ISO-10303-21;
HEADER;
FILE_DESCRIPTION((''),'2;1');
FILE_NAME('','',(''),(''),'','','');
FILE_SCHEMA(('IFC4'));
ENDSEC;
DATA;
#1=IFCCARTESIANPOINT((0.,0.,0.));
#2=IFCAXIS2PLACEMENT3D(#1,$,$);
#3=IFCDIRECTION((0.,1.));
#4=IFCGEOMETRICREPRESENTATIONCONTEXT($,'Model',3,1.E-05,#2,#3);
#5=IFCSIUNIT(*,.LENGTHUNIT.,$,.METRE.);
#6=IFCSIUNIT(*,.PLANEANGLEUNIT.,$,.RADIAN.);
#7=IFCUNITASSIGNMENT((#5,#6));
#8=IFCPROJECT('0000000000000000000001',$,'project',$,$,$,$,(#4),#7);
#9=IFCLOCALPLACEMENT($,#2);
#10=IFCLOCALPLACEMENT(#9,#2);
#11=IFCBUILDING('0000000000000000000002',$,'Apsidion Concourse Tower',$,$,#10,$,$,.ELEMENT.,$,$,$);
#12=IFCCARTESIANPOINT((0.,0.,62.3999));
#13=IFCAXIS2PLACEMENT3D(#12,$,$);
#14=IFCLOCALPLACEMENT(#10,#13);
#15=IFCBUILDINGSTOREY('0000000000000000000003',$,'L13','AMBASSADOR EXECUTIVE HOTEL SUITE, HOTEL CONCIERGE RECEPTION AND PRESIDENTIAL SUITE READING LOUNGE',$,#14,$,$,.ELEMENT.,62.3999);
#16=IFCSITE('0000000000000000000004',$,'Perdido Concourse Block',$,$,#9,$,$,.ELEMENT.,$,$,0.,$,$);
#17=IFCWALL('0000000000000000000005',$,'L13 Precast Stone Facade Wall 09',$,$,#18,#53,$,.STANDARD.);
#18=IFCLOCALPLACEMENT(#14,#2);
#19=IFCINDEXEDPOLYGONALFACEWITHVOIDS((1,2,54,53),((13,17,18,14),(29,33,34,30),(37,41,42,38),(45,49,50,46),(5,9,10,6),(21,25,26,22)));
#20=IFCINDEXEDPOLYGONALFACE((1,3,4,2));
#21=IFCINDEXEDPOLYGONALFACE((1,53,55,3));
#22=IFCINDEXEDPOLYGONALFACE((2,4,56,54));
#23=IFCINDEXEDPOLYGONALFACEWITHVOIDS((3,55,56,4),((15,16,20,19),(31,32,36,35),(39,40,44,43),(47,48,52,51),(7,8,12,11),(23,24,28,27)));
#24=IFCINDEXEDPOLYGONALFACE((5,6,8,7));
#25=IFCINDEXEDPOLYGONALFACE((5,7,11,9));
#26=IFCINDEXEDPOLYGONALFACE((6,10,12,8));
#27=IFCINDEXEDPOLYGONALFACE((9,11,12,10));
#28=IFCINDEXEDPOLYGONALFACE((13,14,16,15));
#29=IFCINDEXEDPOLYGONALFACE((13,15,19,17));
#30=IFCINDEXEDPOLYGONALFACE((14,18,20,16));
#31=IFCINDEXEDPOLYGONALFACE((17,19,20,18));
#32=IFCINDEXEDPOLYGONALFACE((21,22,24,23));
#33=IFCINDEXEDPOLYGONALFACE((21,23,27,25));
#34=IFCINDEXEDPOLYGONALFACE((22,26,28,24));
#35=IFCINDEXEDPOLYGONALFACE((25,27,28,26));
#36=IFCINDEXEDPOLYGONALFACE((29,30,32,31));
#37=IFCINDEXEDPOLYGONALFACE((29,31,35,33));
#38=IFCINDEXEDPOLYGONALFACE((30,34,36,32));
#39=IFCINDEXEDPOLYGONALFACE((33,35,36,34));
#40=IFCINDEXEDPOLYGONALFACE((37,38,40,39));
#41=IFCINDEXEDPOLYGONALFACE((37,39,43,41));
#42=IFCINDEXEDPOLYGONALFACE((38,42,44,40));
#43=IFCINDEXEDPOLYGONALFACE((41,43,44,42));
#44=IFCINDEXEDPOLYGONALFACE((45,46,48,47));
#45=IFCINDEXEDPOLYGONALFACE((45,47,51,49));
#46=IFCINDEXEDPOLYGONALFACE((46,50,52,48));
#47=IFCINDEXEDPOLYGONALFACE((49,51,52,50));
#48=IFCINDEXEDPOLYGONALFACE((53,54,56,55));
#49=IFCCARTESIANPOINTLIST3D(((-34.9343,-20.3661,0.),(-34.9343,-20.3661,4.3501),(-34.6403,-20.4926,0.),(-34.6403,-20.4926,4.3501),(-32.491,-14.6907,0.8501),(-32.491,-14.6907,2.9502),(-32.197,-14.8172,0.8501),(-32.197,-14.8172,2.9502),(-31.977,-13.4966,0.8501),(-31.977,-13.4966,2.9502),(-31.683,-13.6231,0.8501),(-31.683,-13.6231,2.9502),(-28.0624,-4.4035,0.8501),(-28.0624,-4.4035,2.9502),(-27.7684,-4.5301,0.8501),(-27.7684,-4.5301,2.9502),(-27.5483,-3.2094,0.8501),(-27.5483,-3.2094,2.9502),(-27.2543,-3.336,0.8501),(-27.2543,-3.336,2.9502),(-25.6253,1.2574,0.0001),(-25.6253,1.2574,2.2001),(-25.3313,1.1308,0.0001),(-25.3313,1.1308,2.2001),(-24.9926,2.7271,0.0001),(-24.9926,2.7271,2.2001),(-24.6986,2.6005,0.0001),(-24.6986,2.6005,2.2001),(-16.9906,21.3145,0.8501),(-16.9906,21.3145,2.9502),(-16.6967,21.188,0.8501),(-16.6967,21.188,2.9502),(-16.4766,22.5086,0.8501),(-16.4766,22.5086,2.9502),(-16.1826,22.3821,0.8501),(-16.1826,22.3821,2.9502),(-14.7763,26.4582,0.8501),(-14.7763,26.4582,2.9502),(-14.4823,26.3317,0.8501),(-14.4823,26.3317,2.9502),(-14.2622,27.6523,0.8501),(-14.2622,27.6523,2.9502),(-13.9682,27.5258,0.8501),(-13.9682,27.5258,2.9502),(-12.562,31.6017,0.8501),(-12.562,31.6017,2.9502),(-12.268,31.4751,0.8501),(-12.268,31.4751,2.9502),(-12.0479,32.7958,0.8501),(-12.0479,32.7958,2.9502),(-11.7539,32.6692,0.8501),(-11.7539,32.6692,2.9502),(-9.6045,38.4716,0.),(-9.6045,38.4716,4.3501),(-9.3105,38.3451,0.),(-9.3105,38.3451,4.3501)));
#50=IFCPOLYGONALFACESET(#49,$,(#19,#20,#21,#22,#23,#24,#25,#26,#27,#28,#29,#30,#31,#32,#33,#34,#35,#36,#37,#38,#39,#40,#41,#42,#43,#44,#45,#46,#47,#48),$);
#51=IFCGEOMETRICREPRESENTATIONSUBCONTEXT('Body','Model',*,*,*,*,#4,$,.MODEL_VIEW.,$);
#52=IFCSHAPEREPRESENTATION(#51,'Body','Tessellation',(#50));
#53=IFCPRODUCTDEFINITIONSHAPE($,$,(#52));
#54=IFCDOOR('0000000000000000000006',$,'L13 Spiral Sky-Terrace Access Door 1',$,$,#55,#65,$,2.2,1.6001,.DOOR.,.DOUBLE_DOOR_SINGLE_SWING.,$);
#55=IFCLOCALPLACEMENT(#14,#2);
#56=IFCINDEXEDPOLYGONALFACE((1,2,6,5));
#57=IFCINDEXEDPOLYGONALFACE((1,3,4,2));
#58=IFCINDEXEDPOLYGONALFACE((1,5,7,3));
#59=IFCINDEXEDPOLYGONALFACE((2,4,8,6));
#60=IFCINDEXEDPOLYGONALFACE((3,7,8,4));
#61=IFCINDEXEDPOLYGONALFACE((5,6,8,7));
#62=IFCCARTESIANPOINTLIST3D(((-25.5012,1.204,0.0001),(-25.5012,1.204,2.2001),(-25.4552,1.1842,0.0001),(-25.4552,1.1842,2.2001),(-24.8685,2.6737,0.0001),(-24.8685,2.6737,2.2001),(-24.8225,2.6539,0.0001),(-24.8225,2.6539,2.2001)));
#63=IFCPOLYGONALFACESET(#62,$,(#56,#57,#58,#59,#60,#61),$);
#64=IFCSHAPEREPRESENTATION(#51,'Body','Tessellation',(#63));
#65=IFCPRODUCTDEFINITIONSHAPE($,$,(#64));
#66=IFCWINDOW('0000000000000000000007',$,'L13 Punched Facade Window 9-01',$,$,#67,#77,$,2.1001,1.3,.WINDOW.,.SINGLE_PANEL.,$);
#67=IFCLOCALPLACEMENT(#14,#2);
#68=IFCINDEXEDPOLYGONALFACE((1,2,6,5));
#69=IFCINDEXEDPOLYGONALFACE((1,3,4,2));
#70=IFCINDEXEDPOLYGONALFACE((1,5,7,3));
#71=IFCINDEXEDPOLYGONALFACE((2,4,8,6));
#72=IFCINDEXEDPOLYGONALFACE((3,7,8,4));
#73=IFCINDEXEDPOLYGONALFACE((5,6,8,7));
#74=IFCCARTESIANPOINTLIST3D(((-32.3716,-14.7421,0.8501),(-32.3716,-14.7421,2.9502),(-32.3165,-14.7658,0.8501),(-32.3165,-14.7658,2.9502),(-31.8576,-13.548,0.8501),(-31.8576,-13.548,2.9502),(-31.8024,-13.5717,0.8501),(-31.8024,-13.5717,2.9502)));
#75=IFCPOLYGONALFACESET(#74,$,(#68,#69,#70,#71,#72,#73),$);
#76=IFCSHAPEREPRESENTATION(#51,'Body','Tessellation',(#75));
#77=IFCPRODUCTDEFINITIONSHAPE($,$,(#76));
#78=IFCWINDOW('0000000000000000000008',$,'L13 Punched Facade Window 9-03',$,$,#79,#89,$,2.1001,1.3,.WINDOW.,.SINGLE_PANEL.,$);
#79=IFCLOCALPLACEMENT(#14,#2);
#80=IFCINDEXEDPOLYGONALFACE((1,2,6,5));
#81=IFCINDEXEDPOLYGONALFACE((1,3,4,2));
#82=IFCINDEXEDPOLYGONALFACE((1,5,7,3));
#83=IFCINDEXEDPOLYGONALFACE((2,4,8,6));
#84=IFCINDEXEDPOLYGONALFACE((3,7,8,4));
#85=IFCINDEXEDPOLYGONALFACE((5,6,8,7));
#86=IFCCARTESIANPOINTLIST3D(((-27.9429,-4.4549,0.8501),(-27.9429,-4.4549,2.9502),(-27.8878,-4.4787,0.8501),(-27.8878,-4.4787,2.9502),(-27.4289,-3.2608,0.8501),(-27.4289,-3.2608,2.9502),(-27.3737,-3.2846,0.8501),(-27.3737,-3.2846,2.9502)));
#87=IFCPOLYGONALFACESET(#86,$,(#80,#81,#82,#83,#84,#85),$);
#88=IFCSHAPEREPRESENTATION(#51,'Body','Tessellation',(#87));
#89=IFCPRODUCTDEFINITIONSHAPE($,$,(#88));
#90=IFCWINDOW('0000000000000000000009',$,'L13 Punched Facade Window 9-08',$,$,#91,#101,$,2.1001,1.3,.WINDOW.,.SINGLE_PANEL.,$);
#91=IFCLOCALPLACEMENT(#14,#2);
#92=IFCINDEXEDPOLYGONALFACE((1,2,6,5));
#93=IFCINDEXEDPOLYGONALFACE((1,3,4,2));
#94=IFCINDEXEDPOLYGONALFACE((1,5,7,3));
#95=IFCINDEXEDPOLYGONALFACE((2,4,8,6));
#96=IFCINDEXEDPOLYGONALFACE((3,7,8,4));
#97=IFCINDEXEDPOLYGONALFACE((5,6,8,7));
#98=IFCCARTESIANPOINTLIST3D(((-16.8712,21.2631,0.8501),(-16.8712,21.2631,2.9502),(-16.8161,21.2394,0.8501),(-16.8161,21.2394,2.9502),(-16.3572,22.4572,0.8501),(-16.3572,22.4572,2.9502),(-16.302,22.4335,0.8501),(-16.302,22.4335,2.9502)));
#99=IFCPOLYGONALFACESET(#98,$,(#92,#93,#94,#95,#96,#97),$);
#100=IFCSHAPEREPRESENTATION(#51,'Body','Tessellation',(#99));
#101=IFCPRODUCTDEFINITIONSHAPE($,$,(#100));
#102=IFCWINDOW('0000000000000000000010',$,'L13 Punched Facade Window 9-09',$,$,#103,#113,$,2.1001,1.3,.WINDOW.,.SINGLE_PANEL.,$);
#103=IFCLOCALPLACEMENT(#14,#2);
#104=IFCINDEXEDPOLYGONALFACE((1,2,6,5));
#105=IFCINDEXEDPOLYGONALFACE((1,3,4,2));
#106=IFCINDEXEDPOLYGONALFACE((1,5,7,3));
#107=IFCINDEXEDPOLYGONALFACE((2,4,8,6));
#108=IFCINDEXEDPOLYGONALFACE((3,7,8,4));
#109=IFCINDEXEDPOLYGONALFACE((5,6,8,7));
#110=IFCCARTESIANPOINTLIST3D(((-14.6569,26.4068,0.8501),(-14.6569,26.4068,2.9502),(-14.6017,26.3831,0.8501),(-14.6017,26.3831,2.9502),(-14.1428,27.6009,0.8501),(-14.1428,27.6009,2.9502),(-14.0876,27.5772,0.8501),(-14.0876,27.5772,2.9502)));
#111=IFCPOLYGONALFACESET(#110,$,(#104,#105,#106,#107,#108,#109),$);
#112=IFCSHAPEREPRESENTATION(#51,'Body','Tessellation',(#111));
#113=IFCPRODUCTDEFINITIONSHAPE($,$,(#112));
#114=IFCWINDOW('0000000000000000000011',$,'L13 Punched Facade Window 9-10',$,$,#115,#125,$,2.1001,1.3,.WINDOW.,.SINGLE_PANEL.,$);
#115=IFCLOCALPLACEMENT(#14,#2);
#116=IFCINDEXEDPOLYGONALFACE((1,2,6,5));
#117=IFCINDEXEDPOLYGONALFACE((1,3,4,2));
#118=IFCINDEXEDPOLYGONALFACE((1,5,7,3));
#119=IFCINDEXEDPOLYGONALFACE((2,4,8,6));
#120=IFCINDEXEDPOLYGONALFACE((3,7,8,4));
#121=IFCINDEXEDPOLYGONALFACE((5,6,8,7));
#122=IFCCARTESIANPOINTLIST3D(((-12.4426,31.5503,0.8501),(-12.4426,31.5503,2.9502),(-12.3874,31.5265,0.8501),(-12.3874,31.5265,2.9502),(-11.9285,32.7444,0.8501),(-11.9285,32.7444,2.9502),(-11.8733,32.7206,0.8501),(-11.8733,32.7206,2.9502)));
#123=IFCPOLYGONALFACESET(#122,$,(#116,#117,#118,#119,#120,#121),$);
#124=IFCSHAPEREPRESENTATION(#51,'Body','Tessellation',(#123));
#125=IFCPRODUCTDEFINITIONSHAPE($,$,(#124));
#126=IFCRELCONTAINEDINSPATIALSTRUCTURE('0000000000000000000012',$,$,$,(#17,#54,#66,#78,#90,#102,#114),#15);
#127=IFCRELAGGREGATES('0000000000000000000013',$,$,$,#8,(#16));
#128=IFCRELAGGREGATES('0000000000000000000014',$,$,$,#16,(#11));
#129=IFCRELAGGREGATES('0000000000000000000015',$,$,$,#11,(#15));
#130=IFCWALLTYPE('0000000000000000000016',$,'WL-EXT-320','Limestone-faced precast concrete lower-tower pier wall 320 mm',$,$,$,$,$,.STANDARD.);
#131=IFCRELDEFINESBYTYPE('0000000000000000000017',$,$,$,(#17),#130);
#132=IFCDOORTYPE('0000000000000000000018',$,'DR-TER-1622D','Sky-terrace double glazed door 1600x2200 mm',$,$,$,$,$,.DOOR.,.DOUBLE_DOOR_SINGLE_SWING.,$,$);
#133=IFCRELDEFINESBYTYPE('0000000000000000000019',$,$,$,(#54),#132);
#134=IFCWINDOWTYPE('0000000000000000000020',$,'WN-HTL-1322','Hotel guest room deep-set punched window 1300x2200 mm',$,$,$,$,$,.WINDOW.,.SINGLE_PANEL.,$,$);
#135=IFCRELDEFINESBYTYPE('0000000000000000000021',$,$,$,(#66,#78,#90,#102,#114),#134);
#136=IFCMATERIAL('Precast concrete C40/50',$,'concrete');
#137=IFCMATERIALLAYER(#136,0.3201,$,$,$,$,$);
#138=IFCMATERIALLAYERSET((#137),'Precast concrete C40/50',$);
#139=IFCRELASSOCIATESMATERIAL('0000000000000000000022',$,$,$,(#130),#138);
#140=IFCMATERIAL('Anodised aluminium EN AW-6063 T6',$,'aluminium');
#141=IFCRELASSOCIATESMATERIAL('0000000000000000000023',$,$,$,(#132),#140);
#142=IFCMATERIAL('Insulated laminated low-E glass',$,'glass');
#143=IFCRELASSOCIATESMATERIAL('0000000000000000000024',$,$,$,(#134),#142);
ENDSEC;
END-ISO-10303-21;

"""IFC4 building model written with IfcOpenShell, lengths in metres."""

from ifc_helpers import new_model, si_unit, direction, frame, frame_2d, origin, place, context, subcontext, project, spatial, rectangle, extrude, material, layer, layer_set, type_object, element, fill, save


model = new_model("IFC4")

# Units and contexts
model_context = context("Model", 3, precision=1e-05, world=origin(), true_north=direction((0.0, 1.0)))
body_context = subcontext(model_context, "Body", "Model", "MODEL_VIEW")
ifc_project = project(units=[si_unit("LENGTHUNIT", "METRE"), si_unit("PLANEANGLEUNIT", "RADIAN")], contexts=[model_context])

# Site, building, storey
site_placement = place(None, origin())
site = spatial("IfcSite", under=ifc_project, at=site_placement, Name="Perdido Concourse Block", CompositionType="ELEMENT", RefElevation=0.0)
building_placement = place(site_placement, origin())
building = spatial("IfcBuilding", under=site, at=building_placement, Name="Apsidion Concourse Tower", CompositionType="ELEMENT")
storey_placement = place(building_placement, frame((0.0, 0.0, 62.3999)))
storey = spatial("IfcBuildingStorey", under=building, at=storey_placement, Name="L13", Description="AMBASSADOR EXECUTIVE HOTEL SUITE, HOTEL CONCIERGE RECEPTION AND PRESIDENTIAL SUITE READING LOUNGE", CompositionType="ELEMENT", Elevation=62.3999)

# Shared definitions
ifc_material_1 = material(Name="Precast concrete C40/50", Category="concrete")
ifc_layer_1 = layer(ifc_material_1, 0.3201)
ifc_layer_set_1 = layer_set([ifc_layer_1], Name="Precast concrete C40/50")
wall_type_1 = type_object("IfcWallType", Name="WL-EXT-320", Description="Limestone-faced precast concrete lower-tower pier wall 320 mm", PredefinedType="STANDARD", material=ifc_layer_set_1)

# Wall, openings, door, windows
wall_1_placement = place(storey_placement, frame((-34.7874, -20.4294, 0.0), z_axis=(0.0, 0.0, 1.0), x_axis=(0.395418, 0.918501, 0.0)))
wall_1 = element("IfcWall", 1, at=wall_1_placement, inside=storey, type_object=wall_type_1, Name="L13 Precast Stone Facade Wall 09", PredefinedType="STANDARD", context=body_context, shape_type="SweptSolid", body=[
    extrude(rectangle(XDim=64.0583, YDim=0.3201, at=frame_2d((32.0293, 0.0))), origin(), (0.0, 0.0, 1.0), 4.3501),
])
opening_1_placement = place(wall_1_placement, frame((23.5422, 0.0, 0.0)))
opening_1 = element("IfcOpeningElement", 2, at=opening_1_placement, cuts=wall_1, PredefinedType="OPENING", context=body_context, shape_type="SweptSolid", body=[
    extrude(rectangle(XDim=1.6001, YDim=2.2, at=frame_2d((0.8, 1.1001))), frame((0.0, 0.1699, 0.0), z_axis=(0.0, -1.0, 0.0), x_axis=(1.0, 0.0, 0.0)), (0.0, 0.0, 1.0), 0.3401),
])
opening_2_placement = place(wall_1_placement, frame((6.1792, 0.0, 0.8501)))
opening_2 = element("IfcOpeningElement", 3, at=opening_2_placement, cuts=wall_1, PredefinedType="OPENING", context=body_context, shape_type="SweptSolid", body=[
    extrude(rectangle(XDim=1.3, YDim=2.1001, at=frame_2d((0.6499, 1.05))), frame((0.0, 0.1699, 0.0), z_axis=(0.0, -1.0, 0.0), x_axis=(1.0, 0.0, 0.0)), (0.0, 0.0, 1.0), 0.3401),
])
opening_3_placement = place(wall_1_placement, frame((17.3792, 0.0, 0.8501)))
opening_3 = element("IfcOpeningElement", 4, at=opening_3_placement, cuts=wall_1, PredefinedType="OPENING", context=body_context, shape_type="SweptSolid", body=[
    extrude(rectangle(XDim=1.3, YDim=2.1001, at=frame_2d((0.6499, 1.05))), frame((0.0, 0.1699, 0.0), z_axis=(0.0, -1.0, 0.0), x_axis=(1.0, 0.0, 0.0)), (0.0, 0.0, 1.0), 0.3401),
])
opening_4_placement = place(wall_1_placement, frame((45.3792, 0.0, 0.8501)))
opening_4 = element("IfcOpeningElement", 5, at=opening_4_placement, cuts=wall_1, PredefinedType="OPENING", context=body_context, shape_type="SweptSolid", body=[
    extrude(rectangle(XDim=1.3, YDim=2.1001, at=frame_2d((0.6499, 1.05))), frame((0.0, 0.1699, 0.0), z_axis=(0.0, -1.0, 0.0), x_axis=(1.0, 0.0, 0.0)), (0.0, 0.0, 1.0), 0.3401),
])
opening_5_placement = place(wall_1_placement, frame((50.9792, 0.0, 0.8501)))
opening_5 = element("IfcOpeningElement", 6, at=opening_5_placement, cuts=wall_1, PredefinedType="OPENING", context=body_context, shape_type="SweptSolid", body=[
    extrude(rectangle(XDim=1.3, YDim=2.1001, at=frame_2d((0.6499, 1.05))), frame((0.0, 0.1699, 0.0), z_axis=(0.0, -1.0, 0.0), x_axis=(1.0, 0.0, 0.0)), (0.0, 0.0, 1.0), 0.3401),
])
opening_6_placement = place(wall_1_placement, frame((56.5791, 0.0, 0.8501)))
opening_6 = element("IfcOpeningElement", 7, at=opening_6_placement, cuts=wall_1, PredefinedType="OPENING", context=body_context, shape_type="SweptSolid", body=[
    extrude(rectangle(XDim=1.3, YDim=2.1001, at=frame_2d((0.6499, 1.05))), frame((0.0, 0.1699, 0.0), z_axis=(0.0, -1.0, 0.0), x_axis=(1.0, 0.0, 0.0)), (0.0, 0.0, 1.0), 0.3401),
])
ifc_material_2 = material(Name="Anodised aluminium EN AW-6063 T6", Category="aluminium")
door_type_1 = type_object("IfcDoorType", Name="DR-TER-1622D", Description="Sky-terrace double glazed door 1600x2200 mm", OperationType="DOUBLE_DOOR_SINGLE_SWING", PredefinedType="DOOR", material=ifc_material_2)
door_1_placement = place(opening_1_placement, origin())
door_1 = element("IfcDoor", 8, at=door_1_placement, inside=storey, type_object=door_type_1, Name="L13 Spiral Sky-Terrace Access Door 1", OperationType="DOUBLE_DOOR_SINGLE_SWING", OverallHeight=2.2, OverallWidth=1.6001, PredefinedType="DOOR", context=body_context, shape_type="SweptSolid", body=[
    extrude(rectangle(XDim=1.6001, YDim=2.2, at=frame_2d((0.8, 1.1001))), frame((0.0, 0.0249, 0.0), z_axis=(0.0, -1.0, 0.0), x_axis=(1.0, 0.0, 0.0)), (0.0, 0.0, 1.0), 0.05),
])
fill(opening_1, door_1)
ifc_material_3 = material(Name="Insulated laminated low-E glass", Category="glass")
window_type = type_object("IfcWindowType", Name="WN-HTL-1322", Description="Hotel guest room deep-set punched window 1300x2200 mm", PartitioningType="SINGLE_PANEL", PredefinedType="WINDOW", material=ifc_material_3)
window_1_placement = place(opening_2_placement, origin())
window_1 = element("IfcWindow", 9, at=window_1_placement, inside=storey, type_object=window_type, Name="L13 Punched Facade Window 9-01", OverallHeight=2.1001, OverallWidth=1.3, PartitioningType="SINGLE_PANEL", PredefinedType="WINDOW", context=body_context, shape_type="SweptSolid", body=[
    extrude(rectangle(XDim=1.3, YDim=2.1001, at=frame_2d((0.6499, 1.05))), frame((0.0, 0.03, 0.0), z_axis=(0.0, -1.0, 0.0), x_axis=(1.0, 0.0, 0.0)), (0.0, 0.0, 1.0), 0.0601),
])
fill(opening_2, window_1)
window_2_placement = place(opening_3_placement, origin())
window_2 = element("IfcWindow", 10, at=window_2_placement, inside=storey, type_object=window_type, Name="L13 Punched Facade Window 9-03", OverallHeight=2.1001, OverallWidth=1.3, PartitioningType="SINGLE_PANEL", PredefinedType="WINDOW", context=body_context, shape_type="SweptSolid", body=[
    extrude(rectangle(XDim=1.3, YDim=2.1001, at=frame_2d((0.6499, 1.05))), frame((0.0, 0.03, 0.0), z_axis=(0.0, -1.0, 0.0), x_axis=(1.0, 0.0, 0.0)), (0.0, 0.0, 1.0), 0.0601),
])
fill(opening_3, window_2)
window_3_placement = place(opening_4_placement, origin())
window_3 = element("IfcWindow", 11, at=window_3_placement, inside=storey, type_object=window_type, Name="L13 Punched Facade Window 9-08", OverallHeight=2.1001, OverallWidth=1.3, PartitioningType="SINGLE_PANEL", PredefinedType="WINDOW", context=body_context, shape_type="SweptSolid", body=[
    extrude(rectangle(XDim=1.3, YDim=2.1001, at=frame_2d((0.6499, 1.05))), frame((0.0, 0.03, 0.0), z_axis=(0.0, -1.0, 0.0), x_axis=(1.0, 0.0, 0.0)), (0.0, 0.0, 1.0), 0.0601),
])
fill(opening_4, window_3)
window_4_placement = place(opening_5_placement, origin())
window_4 = element("IfcWindow", 12, at=window_4_placement, inside=storey, type_object=window_type, Name="L13 Punched Facade Window 9-09", OverallHeight=2.1001, OverallWidth=1.3, PartitioningType="SINGLE_PANEL", PredefinedType="WINDOW", context=body_context, shape_type="SweptSolid", body=[
    extrude(rectangle(XDim=1.3, YDim=2.1001, at=frame_2d((0.6499, 1.05))), frame((0.0, 0.03, 0.0), z_axis=(0.0, -1.0, 0.0), x_axis=(1.0, 0.0, 0.0)), (0.0, 0.0, 1.0), 0.0601),
])
fill(opening_5, window_4)
window_5_placement = place(opening_6_placement, origin())
window_5 = element("IfcWindow", 13, at=window_5_placement, inside=storey, type_object=window_type, Name="L13 Punched Facade Window 9-10", OverallHeight=2.1001, OverallWidth=1.3, PartitioningType="SINGLE_PANEL", PredefinedType="WINDOW", context=body_context, shape_type="SweptSolid", body=[
    extrude(rectangle(XDim=1.3, YDim=2.1001, at=frame_2d((0.6499, 1.05))), frame((0.0, 0.03, 0.0), z_axis=(0.0, -1.0, 0.0), x_axis=(1.0, 0.0, 0.0)), (0.0, 0.0, 1.0), 0.0601),
])
fill(opening_6, window_5)

save(model, "model.ifc")
